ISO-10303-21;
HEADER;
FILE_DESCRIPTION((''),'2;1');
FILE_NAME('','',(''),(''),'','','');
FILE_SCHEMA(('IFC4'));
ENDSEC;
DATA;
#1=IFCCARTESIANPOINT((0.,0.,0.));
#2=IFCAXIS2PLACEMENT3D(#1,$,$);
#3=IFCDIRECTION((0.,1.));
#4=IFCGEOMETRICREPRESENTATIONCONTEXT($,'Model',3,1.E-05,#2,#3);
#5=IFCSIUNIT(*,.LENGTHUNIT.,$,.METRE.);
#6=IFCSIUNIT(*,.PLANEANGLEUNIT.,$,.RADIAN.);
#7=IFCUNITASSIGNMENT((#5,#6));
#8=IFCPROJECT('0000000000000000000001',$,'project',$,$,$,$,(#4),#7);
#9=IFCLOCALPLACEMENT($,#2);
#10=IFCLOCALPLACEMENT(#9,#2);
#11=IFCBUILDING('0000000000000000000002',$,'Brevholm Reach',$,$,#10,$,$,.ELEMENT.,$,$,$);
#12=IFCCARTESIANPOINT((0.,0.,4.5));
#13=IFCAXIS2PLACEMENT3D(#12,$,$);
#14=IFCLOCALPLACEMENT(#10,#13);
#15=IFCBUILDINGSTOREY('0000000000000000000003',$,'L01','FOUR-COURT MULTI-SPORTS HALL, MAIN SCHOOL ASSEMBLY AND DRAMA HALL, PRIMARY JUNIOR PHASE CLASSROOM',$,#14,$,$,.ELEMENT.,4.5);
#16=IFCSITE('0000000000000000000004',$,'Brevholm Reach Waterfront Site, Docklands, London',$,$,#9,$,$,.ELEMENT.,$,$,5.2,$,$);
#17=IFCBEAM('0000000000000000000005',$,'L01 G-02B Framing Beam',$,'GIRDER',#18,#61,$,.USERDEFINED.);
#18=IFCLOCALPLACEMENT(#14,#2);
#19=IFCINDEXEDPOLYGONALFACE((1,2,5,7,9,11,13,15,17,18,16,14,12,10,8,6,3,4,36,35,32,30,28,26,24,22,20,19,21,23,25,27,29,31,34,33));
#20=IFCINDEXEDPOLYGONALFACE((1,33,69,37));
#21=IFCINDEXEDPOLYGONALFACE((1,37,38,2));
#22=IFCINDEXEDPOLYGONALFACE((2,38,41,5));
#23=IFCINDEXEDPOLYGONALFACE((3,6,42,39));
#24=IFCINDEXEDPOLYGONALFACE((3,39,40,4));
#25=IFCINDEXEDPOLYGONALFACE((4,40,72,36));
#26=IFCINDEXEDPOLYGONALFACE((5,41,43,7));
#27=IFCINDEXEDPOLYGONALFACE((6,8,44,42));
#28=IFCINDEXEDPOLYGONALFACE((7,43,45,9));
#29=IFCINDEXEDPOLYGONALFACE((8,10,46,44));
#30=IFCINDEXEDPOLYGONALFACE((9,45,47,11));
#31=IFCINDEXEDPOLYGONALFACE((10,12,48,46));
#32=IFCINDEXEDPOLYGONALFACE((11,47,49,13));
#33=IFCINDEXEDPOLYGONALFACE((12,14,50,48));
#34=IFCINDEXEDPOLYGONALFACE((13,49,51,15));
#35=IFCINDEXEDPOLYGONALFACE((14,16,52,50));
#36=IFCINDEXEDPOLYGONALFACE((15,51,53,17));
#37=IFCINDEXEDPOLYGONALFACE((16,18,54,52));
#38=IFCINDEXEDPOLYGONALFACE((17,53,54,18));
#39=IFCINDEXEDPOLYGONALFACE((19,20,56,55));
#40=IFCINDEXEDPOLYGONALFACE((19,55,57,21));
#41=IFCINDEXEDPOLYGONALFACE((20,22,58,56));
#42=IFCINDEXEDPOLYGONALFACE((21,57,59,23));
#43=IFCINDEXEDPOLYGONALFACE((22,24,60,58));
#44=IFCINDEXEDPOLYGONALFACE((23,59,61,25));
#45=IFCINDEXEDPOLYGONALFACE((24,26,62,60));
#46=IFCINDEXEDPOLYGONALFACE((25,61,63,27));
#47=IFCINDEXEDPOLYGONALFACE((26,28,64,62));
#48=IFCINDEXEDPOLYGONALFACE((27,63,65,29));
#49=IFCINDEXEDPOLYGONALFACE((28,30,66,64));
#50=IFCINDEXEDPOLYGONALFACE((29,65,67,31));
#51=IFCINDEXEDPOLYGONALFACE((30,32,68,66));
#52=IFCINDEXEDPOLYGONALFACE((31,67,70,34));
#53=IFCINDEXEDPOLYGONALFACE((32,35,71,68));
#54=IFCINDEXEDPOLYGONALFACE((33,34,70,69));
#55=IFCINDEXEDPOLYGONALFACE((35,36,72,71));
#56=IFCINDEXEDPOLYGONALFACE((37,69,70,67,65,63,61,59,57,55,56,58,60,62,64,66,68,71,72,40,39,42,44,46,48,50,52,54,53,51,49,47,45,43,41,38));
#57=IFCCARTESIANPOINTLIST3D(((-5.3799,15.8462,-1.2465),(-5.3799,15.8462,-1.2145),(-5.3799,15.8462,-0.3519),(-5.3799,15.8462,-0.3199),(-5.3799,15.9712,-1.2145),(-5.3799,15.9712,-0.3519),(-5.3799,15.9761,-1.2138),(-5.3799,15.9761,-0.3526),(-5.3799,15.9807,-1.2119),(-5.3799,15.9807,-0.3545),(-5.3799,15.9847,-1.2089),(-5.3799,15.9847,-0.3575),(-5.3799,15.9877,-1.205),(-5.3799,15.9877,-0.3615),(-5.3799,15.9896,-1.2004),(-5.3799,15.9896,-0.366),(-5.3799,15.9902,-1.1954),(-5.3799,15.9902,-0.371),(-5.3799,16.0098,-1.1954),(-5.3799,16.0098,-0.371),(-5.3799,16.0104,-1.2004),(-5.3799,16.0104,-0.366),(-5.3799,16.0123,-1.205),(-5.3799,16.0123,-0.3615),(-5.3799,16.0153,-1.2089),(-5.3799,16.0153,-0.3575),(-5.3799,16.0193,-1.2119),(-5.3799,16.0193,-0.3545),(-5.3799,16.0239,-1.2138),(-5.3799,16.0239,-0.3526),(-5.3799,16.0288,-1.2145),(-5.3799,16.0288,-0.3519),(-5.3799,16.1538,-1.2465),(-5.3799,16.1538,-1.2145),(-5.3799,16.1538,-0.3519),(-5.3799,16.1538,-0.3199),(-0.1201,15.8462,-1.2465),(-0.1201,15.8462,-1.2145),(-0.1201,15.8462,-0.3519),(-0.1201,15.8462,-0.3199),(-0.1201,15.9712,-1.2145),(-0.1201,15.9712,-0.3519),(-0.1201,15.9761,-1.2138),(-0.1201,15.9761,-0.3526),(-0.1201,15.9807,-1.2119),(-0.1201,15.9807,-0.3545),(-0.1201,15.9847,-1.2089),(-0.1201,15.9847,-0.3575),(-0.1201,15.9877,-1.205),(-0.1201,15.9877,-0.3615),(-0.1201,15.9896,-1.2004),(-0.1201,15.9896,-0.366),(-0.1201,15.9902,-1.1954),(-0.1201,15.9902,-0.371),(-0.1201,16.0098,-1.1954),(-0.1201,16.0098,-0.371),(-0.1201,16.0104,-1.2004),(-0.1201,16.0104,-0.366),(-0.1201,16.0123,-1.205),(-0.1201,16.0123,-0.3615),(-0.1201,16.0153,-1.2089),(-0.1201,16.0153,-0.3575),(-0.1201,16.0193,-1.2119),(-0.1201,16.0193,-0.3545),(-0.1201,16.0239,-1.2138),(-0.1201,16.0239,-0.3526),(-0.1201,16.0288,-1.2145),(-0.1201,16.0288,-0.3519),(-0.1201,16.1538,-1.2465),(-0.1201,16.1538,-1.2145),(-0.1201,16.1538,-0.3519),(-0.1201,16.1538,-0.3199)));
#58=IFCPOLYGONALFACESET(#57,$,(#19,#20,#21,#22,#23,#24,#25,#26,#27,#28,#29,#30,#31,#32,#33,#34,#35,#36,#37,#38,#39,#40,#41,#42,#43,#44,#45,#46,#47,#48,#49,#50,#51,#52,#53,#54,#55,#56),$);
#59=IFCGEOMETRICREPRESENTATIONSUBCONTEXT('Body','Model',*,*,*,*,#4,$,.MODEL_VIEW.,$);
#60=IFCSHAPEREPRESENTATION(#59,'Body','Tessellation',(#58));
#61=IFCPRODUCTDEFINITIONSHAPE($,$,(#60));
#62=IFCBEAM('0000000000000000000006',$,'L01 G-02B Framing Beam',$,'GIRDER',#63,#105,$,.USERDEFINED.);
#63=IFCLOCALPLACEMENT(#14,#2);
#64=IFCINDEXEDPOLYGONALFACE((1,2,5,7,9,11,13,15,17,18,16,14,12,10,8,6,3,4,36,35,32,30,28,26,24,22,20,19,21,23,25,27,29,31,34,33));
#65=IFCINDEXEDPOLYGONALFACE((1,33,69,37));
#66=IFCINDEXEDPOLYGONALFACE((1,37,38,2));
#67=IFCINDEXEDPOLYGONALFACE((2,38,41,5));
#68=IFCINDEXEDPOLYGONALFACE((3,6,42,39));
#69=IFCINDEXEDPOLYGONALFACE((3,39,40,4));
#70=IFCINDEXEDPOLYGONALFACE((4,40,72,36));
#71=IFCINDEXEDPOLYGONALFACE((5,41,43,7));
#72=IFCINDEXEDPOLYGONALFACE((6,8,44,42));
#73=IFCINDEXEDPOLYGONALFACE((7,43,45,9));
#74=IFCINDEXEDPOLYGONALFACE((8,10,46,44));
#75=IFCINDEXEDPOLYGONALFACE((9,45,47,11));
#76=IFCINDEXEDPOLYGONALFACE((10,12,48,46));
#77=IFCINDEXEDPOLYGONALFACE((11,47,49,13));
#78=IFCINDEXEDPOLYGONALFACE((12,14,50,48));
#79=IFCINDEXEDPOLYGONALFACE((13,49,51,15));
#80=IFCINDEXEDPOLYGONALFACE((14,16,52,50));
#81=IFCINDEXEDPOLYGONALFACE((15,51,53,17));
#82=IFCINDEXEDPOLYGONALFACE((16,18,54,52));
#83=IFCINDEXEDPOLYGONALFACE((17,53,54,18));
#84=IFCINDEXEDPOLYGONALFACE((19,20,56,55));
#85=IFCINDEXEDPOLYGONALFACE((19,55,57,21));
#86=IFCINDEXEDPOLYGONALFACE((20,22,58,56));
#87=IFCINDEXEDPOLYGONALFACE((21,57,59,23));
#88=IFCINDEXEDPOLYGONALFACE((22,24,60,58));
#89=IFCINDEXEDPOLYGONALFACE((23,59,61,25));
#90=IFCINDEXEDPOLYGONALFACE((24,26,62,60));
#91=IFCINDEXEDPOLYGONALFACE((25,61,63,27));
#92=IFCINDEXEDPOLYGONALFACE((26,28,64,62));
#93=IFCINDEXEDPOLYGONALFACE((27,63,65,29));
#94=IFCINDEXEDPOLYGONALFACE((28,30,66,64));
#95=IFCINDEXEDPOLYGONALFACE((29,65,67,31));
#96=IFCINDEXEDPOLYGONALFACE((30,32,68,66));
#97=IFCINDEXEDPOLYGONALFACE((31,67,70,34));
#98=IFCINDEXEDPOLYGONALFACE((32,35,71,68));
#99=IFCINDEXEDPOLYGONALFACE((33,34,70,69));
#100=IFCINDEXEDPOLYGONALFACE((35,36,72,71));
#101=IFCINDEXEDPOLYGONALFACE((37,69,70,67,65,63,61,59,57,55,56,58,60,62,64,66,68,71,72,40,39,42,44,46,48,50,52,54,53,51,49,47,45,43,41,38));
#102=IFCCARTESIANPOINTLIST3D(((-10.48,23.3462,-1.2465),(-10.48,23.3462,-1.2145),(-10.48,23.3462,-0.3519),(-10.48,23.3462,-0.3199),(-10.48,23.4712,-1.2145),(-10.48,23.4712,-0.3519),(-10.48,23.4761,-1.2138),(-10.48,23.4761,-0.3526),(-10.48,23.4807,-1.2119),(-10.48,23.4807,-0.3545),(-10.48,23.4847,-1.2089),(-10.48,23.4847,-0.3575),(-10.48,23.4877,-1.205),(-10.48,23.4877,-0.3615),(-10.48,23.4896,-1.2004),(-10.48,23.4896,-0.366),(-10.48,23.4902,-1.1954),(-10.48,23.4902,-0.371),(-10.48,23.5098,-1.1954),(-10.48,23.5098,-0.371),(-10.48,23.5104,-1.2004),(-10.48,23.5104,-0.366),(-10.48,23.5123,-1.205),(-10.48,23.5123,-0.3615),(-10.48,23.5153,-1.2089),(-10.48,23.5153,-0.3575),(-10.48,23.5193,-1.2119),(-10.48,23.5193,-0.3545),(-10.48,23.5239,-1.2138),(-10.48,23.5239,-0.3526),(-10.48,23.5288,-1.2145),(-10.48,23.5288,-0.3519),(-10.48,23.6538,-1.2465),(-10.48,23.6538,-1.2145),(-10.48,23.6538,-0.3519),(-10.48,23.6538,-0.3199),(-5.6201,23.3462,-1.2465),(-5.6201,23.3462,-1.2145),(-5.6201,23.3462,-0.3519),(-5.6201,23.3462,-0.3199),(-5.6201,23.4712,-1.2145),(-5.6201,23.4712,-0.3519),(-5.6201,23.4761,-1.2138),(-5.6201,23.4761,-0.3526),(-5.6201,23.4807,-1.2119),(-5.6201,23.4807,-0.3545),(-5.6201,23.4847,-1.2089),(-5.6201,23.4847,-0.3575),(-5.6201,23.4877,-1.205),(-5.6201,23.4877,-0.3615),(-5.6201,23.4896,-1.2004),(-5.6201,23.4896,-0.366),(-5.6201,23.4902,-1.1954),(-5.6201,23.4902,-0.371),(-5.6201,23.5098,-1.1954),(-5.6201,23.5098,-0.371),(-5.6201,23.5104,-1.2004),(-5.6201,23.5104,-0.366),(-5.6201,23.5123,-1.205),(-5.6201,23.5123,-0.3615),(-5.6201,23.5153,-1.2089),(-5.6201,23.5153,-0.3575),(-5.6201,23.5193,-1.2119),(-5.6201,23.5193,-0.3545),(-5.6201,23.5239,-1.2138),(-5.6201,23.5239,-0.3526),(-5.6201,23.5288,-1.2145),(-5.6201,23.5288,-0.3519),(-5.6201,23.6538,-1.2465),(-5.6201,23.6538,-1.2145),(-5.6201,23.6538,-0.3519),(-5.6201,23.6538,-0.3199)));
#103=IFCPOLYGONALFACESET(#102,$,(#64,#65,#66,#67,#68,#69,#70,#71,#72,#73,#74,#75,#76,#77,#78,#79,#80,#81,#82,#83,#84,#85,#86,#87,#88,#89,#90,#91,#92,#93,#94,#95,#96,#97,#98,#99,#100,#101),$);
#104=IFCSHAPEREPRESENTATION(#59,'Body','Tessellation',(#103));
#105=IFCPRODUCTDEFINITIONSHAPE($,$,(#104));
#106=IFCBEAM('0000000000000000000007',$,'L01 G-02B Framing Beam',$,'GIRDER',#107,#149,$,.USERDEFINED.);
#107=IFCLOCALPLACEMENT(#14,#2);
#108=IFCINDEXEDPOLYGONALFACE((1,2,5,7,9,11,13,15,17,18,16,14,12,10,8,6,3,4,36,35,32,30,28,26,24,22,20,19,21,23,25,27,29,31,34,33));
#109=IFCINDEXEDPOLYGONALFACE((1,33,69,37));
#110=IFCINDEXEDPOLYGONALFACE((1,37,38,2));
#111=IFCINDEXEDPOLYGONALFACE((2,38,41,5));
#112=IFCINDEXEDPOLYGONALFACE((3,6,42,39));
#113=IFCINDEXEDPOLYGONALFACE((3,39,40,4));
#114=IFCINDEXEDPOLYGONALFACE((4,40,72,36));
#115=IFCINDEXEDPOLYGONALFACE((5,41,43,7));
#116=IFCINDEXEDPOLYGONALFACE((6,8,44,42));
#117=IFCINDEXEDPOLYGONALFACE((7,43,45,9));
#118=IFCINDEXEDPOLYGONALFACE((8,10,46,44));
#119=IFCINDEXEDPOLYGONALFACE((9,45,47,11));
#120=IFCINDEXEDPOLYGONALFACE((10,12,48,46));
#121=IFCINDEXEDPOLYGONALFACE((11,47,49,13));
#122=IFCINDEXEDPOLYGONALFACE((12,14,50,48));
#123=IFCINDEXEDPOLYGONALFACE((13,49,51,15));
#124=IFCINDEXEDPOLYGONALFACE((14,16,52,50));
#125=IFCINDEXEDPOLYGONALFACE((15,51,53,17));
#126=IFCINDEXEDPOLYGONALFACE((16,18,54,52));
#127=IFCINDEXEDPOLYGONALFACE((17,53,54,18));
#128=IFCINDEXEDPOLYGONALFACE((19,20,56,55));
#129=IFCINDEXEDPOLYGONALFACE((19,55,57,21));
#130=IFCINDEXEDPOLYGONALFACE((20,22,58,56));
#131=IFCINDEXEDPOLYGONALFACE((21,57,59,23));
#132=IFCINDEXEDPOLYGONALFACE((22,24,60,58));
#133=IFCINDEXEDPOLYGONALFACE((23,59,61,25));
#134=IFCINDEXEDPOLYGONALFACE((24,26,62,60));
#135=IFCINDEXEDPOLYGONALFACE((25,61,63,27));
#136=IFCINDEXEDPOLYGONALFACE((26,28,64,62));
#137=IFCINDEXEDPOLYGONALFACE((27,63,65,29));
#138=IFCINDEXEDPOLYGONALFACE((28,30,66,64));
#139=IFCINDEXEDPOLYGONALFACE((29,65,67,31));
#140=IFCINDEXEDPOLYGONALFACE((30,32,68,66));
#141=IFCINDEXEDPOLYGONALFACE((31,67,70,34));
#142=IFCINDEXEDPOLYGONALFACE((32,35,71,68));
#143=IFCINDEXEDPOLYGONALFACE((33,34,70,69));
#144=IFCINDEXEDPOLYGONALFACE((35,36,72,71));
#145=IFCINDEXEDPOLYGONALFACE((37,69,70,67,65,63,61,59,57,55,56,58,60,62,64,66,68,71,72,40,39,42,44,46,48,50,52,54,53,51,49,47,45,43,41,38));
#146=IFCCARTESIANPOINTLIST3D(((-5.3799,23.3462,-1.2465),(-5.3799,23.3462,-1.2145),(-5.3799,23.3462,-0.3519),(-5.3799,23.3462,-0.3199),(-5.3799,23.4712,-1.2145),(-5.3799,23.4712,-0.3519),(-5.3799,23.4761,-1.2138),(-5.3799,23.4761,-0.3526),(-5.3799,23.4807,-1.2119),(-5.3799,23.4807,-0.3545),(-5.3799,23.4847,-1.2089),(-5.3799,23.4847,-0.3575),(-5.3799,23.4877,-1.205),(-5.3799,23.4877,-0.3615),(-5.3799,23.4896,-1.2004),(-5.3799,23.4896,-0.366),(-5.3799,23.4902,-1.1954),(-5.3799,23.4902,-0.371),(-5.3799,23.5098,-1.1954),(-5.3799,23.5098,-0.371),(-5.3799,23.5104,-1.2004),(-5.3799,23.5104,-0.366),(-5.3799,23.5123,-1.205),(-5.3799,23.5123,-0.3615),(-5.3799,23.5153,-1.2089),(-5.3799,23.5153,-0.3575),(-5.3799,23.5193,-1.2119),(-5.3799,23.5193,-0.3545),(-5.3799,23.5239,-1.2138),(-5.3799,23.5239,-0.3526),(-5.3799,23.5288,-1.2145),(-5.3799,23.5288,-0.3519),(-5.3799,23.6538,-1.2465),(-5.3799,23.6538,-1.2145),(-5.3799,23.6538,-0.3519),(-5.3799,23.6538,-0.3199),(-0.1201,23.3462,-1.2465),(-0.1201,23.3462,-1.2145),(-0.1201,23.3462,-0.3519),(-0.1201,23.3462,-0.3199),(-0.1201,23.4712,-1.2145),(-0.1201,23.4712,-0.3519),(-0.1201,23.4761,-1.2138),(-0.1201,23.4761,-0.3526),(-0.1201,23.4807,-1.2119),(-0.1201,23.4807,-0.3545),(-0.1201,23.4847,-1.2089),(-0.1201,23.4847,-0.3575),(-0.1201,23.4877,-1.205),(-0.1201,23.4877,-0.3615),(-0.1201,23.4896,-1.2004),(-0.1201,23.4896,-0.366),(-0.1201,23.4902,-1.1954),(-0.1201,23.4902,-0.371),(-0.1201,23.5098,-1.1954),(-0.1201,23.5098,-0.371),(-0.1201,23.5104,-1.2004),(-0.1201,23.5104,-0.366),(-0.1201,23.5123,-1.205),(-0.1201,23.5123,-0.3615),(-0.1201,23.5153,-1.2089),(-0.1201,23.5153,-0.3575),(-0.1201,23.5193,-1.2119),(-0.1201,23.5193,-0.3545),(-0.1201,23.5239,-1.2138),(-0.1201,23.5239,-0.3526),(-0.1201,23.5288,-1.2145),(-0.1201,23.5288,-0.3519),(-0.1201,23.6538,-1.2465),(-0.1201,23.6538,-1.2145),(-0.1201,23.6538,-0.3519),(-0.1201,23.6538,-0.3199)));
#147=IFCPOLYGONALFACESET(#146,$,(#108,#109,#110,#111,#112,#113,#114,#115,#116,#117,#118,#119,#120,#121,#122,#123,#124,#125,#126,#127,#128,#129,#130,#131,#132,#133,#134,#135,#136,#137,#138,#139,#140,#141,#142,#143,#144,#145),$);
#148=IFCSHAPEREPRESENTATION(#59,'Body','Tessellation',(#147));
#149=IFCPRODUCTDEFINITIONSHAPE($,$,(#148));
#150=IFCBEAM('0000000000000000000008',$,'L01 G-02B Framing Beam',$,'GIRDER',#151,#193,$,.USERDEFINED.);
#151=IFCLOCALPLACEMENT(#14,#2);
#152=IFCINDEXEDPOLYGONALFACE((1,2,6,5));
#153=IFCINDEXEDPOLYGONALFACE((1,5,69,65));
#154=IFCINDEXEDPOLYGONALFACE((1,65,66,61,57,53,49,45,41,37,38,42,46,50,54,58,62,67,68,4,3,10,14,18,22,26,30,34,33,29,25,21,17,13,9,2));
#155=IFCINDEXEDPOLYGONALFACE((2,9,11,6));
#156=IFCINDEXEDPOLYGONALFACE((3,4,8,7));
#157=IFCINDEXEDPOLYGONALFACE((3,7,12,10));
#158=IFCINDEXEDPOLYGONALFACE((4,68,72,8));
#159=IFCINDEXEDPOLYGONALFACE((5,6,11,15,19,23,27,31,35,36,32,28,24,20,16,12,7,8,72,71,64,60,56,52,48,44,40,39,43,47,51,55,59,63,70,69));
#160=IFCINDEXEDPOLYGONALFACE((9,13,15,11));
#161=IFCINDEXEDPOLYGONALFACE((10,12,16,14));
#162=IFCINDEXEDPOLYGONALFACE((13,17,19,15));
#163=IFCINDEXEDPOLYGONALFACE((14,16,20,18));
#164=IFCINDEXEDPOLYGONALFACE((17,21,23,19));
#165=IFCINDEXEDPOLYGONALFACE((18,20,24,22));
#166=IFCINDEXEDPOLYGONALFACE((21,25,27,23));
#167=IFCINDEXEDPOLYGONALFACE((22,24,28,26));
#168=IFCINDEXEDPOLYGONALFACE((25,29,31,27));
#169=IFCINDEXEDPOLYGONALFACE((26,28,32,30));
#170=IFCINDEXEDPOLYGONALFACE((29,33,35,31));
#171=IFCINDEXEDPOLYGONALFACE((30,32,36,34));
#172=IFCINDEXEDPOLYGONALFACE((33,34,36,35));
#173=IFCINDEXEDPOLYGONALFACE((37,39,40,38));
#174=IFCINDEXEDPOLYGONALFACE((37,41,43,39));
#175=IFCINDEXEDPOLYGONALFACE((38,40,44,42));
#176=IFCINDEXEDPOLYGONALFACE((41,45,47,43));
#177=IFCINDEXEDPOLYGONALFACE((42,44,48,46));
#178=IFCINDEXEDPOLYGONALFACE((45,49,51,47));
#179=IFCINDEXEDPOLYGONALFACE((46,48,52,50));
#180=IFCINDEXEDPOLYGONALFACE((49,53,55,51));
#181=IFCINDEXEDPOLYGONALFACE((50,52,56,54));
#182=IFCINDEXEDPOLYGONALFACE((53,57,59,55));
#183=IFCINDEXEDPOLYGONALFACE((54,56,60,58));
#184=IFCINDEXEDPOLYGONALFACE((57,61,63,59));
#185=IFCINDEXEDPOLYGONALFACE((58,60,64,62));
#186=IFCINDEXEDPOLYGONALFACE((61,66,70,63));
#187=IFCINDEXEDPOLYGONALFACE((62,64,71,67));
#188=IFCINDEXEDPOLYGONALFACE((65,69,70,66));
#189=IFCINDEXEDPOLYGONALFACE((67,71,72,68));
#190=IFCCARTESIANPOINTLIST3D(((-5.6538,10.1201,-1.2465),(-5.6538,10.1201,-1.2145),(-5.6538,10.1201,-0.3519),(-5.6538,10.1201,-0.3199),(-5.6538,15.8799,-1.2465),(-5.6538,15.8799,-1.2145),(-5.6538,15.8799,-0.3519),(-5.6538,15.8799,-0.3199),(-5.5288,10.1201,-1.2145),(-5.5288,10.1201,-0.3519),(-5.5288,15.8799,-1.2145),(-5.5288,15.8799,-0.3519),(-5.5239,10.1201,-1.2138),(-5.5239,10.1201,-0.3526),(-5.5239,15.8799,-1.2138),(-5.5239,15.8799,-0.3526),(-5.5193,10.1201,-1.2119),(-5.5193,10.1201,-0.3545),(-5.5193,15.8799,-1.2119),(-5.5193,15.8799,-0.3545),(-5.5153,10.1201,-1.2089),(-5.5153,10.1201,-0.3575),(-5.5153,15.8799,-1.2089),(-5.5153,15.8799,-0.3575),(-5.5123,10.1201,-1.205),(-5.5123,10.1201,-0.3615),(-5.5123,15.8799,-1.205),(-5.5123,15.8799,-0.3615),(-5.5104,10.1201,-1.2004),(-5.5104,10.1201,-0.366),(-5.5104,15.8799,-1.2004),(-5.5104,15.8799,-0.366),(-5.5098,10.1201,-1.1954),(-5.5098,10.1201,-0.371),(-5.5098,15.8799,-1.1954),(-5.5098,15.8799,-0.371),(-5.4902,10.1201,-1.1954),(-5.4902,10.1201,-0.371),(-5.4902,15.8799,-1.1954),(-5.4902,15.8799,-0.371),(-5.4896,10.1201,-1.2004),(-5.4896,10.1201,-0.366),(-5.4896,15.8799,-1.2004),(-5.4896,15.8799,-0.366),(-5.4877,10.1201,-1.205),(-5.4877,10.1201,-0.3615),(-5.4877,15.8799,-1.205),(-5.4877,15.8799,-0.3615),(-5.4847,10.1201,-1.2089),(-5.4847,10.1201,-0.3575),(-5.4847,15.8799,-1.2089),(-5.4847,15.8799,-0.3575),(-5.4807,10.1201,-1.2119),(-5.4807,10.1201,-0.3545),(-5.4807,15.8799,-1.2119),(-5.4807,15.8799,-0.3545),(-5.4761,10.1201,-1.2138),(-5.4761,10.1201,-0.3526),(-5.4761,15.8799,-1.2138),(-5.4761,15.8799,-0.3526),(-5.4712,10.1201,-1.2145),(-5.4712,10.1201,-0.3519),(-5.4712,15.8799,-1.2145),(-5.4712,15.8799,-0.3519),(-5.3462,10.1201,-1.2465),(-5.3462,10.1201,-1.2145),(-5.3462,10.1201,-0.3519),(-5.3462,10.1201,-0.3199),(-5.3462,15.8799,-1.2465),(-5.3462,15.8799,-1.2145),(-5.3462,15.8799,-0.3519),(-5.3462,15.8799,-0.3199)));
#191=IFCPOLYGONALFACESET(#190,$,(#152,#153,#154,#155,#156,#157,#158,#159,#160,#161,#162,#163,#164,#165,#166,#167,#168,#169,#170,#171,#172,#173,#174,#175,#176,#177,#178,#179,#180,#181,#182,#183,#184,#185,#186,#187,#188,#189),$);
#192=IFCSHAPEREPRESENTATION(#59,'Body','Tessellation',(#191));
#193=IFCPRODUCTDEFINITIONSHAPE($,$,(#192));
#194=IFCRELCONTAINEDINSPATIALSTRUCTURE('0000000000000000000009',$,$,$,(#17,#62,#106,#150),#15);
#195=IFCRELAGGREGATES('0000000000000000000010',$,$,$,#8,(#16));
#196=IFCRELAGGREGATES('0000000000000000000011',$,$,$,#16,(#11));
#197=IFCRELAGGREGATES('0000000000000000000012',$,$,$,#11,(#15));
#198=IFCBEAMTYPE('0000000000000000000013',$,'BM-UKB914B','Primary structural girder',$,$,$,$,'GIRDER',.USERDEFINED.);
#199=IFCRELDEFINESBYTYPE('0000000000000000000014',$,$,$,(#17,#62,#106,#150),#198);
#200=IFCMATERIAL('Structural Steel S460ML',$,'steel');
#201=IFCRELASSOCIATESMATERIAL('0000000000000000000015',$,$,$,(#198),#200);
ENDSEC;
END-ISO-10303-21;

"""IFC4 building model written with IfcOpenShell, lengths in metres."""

from ifc_helpers import new_model, si_unit, direction, frame, origin, origin_2d, place, context, subcontext, project, spatial, i_section, extrude, material, material_profile, profile_set, type_object, element, save


model = new_model("IFC4")

# Units and contexts
model_context = context("Model", 3, precision=1e-05, world=origin(), true_north=direction((0.0, 1.0)))
body_context = subcontext(model_context, "Body", "Model", "MODEL_VIEW")
ifc_project = project(units=[si_unit("LENGTHUNIT", "METRE"), si_unit("PLANEANGLEUNIT", "RADIAN")], contexts=[model_context])

# Site, building, storey
site_placement = place(None, origin())
site = spatial("IfcSite", under=ifc_project, at=site_placement, Name="Brevholm Reach Waterfront Site, Docklands, London", CompositionType="ELEMENT", RefElevation=5.2)
building_placement = place(site_placement, origin())
building = spatial("IfcBuilding", under=site, at=building_placement, Name="Brevholm Reach", CompositionType="ELEMENT")
storey_placement = place(building_placement, frame((0.0, 0.0, 4.5)))
storey = spatial("IfcBuildingStorey", under=building, at=storey_placement, Name="L01", Description="FOUR-COURT MULTI-SPORTS HALL, MAIN SCHOOL ASSEMBLY AND DRAMA HALL, PRIMARY JUNIOR PHASE CLASSROOM", CompositionType="ELEMENT", Elevation=4.5)

# Beams
ifc_material_1 = material(Name="Structural Steel S460ML", Category="steel")
ifc_material_profile_1 = material_profile(ifc_material_1, i_section(OverallWidth=0.3076, OverallDepth=0.9265, WebThickness=0.0195, FlangeThickness=0.032, FilletRadius=0.019, at=origin_2d()), Name="UKB 914x305x289")
ifc_profile_set_1 = profile_set([ifc_material_profile_1], Name="Structural Steel S460ML")
beam_type_1 = type_object("IfcBeamType", Name="BM-UKB914B", Description="Primary structural girder", ElementType="GIRDER", PredefinedType="USERDEFINED", material=ifc_profile_set_1)
beam_1_placement = place(storey_placement, frame((-5.3799, 16.0, -0.7832), z_axis=(1.0, 0.0, 0.0), x_axis=(0.0, 1.0, 0.0)))
element("IfcBeam", 1, at=beam_1_placement, inside=storey, type_object=beam_type_1, Name="L01 G-02B Framing Beam", ObjectType="GIRDER", PredefinedType="USERDEFINED", context=body_context, shape_type="SweptSolid", body=[
    extrude(i_section(OverallWidth=0.3076, OverallDepth=0.9265, WebThickness=0.0195, FlangeThickness=0.032, FilletRadius=0.019, at=origin_2d()), origin(), (0.0, 0.0, 1.0), 5.2598),
])
beam_2_placement = place(storey_placement, frame((-10.48, 23.5, -0.7832), z_axis=(1.0, 0.0, 0.0), x_axis=(0.0, 1.0, 0.0)))
element("IfcBeam", 2, at=beam_2_placement, inside=storey, type_object=beam_type_1, Name="L01 G-02B Framing Beam", ObjectType="GIRDER", PredefinedType="USERDEFINED", context=body_context, shape_type="SweptSolid", body=[
    extrude(i_section(OverallWidth=0.3076, OverallDepth=0.9265, WebThickness=0.0195, FlangeThickness=0.032, FilletRadius=0.019, at=origin_2d()), origin(), (0.0, 0.0, 1.0), 4.8599),
])
beam_3_placement = place(storey_placement, frame((-5.3799, 23.5, -0.7832), z_axis=(1.0, 0.0, 0.0), x_axis=(0.0, 1.0, 0.0)))
element("IfcBeam", 3, at=beam_3_placement, inside=storey, type_object=beam_type_1, Name="L01 G-02B Framing Beam", ObjectType="GIRDER", PredefinedType="USERDEFINED", context=body_context, shape_type="SweptSolid", body=[
    extrude(i_section(OverallWidth=0.3076, OverallDepth=0.9265, WebThickness=0.0195, FlangeThickness=0.032, FilletRadius=0.019, at=origin_2d()), origin(), (0.0, 0.0, 1.0), 5.2598),
])
beam_4_placement = place(storey_placement, frame((-5.5, 10.1201, -0.7832), z_axis=(0.0, 1.0, 0.0), x_axis=(-1.0, 0.0, 0.0)))
element("IfcBeam", 4, at=beam_4_placement, inside=storey, type_object=beam_type_1, Name="L01 G-02B Framing Beam", ObjectType="GIRDER", PredefinedType="USERDEFINED", context=body_context, shape_type="SweptSolid", body=[
    extrude(i_section(OverallWidth=0.3076, OverallDepth=0.9265, WebThickness=0.0195, FlangeThickness=0.032, FilletRadius=0.019, at=origin_2d()), origin(), (0.0, 0.0, 1.0), 5.7598),
])

save(model, "model.ifc")
